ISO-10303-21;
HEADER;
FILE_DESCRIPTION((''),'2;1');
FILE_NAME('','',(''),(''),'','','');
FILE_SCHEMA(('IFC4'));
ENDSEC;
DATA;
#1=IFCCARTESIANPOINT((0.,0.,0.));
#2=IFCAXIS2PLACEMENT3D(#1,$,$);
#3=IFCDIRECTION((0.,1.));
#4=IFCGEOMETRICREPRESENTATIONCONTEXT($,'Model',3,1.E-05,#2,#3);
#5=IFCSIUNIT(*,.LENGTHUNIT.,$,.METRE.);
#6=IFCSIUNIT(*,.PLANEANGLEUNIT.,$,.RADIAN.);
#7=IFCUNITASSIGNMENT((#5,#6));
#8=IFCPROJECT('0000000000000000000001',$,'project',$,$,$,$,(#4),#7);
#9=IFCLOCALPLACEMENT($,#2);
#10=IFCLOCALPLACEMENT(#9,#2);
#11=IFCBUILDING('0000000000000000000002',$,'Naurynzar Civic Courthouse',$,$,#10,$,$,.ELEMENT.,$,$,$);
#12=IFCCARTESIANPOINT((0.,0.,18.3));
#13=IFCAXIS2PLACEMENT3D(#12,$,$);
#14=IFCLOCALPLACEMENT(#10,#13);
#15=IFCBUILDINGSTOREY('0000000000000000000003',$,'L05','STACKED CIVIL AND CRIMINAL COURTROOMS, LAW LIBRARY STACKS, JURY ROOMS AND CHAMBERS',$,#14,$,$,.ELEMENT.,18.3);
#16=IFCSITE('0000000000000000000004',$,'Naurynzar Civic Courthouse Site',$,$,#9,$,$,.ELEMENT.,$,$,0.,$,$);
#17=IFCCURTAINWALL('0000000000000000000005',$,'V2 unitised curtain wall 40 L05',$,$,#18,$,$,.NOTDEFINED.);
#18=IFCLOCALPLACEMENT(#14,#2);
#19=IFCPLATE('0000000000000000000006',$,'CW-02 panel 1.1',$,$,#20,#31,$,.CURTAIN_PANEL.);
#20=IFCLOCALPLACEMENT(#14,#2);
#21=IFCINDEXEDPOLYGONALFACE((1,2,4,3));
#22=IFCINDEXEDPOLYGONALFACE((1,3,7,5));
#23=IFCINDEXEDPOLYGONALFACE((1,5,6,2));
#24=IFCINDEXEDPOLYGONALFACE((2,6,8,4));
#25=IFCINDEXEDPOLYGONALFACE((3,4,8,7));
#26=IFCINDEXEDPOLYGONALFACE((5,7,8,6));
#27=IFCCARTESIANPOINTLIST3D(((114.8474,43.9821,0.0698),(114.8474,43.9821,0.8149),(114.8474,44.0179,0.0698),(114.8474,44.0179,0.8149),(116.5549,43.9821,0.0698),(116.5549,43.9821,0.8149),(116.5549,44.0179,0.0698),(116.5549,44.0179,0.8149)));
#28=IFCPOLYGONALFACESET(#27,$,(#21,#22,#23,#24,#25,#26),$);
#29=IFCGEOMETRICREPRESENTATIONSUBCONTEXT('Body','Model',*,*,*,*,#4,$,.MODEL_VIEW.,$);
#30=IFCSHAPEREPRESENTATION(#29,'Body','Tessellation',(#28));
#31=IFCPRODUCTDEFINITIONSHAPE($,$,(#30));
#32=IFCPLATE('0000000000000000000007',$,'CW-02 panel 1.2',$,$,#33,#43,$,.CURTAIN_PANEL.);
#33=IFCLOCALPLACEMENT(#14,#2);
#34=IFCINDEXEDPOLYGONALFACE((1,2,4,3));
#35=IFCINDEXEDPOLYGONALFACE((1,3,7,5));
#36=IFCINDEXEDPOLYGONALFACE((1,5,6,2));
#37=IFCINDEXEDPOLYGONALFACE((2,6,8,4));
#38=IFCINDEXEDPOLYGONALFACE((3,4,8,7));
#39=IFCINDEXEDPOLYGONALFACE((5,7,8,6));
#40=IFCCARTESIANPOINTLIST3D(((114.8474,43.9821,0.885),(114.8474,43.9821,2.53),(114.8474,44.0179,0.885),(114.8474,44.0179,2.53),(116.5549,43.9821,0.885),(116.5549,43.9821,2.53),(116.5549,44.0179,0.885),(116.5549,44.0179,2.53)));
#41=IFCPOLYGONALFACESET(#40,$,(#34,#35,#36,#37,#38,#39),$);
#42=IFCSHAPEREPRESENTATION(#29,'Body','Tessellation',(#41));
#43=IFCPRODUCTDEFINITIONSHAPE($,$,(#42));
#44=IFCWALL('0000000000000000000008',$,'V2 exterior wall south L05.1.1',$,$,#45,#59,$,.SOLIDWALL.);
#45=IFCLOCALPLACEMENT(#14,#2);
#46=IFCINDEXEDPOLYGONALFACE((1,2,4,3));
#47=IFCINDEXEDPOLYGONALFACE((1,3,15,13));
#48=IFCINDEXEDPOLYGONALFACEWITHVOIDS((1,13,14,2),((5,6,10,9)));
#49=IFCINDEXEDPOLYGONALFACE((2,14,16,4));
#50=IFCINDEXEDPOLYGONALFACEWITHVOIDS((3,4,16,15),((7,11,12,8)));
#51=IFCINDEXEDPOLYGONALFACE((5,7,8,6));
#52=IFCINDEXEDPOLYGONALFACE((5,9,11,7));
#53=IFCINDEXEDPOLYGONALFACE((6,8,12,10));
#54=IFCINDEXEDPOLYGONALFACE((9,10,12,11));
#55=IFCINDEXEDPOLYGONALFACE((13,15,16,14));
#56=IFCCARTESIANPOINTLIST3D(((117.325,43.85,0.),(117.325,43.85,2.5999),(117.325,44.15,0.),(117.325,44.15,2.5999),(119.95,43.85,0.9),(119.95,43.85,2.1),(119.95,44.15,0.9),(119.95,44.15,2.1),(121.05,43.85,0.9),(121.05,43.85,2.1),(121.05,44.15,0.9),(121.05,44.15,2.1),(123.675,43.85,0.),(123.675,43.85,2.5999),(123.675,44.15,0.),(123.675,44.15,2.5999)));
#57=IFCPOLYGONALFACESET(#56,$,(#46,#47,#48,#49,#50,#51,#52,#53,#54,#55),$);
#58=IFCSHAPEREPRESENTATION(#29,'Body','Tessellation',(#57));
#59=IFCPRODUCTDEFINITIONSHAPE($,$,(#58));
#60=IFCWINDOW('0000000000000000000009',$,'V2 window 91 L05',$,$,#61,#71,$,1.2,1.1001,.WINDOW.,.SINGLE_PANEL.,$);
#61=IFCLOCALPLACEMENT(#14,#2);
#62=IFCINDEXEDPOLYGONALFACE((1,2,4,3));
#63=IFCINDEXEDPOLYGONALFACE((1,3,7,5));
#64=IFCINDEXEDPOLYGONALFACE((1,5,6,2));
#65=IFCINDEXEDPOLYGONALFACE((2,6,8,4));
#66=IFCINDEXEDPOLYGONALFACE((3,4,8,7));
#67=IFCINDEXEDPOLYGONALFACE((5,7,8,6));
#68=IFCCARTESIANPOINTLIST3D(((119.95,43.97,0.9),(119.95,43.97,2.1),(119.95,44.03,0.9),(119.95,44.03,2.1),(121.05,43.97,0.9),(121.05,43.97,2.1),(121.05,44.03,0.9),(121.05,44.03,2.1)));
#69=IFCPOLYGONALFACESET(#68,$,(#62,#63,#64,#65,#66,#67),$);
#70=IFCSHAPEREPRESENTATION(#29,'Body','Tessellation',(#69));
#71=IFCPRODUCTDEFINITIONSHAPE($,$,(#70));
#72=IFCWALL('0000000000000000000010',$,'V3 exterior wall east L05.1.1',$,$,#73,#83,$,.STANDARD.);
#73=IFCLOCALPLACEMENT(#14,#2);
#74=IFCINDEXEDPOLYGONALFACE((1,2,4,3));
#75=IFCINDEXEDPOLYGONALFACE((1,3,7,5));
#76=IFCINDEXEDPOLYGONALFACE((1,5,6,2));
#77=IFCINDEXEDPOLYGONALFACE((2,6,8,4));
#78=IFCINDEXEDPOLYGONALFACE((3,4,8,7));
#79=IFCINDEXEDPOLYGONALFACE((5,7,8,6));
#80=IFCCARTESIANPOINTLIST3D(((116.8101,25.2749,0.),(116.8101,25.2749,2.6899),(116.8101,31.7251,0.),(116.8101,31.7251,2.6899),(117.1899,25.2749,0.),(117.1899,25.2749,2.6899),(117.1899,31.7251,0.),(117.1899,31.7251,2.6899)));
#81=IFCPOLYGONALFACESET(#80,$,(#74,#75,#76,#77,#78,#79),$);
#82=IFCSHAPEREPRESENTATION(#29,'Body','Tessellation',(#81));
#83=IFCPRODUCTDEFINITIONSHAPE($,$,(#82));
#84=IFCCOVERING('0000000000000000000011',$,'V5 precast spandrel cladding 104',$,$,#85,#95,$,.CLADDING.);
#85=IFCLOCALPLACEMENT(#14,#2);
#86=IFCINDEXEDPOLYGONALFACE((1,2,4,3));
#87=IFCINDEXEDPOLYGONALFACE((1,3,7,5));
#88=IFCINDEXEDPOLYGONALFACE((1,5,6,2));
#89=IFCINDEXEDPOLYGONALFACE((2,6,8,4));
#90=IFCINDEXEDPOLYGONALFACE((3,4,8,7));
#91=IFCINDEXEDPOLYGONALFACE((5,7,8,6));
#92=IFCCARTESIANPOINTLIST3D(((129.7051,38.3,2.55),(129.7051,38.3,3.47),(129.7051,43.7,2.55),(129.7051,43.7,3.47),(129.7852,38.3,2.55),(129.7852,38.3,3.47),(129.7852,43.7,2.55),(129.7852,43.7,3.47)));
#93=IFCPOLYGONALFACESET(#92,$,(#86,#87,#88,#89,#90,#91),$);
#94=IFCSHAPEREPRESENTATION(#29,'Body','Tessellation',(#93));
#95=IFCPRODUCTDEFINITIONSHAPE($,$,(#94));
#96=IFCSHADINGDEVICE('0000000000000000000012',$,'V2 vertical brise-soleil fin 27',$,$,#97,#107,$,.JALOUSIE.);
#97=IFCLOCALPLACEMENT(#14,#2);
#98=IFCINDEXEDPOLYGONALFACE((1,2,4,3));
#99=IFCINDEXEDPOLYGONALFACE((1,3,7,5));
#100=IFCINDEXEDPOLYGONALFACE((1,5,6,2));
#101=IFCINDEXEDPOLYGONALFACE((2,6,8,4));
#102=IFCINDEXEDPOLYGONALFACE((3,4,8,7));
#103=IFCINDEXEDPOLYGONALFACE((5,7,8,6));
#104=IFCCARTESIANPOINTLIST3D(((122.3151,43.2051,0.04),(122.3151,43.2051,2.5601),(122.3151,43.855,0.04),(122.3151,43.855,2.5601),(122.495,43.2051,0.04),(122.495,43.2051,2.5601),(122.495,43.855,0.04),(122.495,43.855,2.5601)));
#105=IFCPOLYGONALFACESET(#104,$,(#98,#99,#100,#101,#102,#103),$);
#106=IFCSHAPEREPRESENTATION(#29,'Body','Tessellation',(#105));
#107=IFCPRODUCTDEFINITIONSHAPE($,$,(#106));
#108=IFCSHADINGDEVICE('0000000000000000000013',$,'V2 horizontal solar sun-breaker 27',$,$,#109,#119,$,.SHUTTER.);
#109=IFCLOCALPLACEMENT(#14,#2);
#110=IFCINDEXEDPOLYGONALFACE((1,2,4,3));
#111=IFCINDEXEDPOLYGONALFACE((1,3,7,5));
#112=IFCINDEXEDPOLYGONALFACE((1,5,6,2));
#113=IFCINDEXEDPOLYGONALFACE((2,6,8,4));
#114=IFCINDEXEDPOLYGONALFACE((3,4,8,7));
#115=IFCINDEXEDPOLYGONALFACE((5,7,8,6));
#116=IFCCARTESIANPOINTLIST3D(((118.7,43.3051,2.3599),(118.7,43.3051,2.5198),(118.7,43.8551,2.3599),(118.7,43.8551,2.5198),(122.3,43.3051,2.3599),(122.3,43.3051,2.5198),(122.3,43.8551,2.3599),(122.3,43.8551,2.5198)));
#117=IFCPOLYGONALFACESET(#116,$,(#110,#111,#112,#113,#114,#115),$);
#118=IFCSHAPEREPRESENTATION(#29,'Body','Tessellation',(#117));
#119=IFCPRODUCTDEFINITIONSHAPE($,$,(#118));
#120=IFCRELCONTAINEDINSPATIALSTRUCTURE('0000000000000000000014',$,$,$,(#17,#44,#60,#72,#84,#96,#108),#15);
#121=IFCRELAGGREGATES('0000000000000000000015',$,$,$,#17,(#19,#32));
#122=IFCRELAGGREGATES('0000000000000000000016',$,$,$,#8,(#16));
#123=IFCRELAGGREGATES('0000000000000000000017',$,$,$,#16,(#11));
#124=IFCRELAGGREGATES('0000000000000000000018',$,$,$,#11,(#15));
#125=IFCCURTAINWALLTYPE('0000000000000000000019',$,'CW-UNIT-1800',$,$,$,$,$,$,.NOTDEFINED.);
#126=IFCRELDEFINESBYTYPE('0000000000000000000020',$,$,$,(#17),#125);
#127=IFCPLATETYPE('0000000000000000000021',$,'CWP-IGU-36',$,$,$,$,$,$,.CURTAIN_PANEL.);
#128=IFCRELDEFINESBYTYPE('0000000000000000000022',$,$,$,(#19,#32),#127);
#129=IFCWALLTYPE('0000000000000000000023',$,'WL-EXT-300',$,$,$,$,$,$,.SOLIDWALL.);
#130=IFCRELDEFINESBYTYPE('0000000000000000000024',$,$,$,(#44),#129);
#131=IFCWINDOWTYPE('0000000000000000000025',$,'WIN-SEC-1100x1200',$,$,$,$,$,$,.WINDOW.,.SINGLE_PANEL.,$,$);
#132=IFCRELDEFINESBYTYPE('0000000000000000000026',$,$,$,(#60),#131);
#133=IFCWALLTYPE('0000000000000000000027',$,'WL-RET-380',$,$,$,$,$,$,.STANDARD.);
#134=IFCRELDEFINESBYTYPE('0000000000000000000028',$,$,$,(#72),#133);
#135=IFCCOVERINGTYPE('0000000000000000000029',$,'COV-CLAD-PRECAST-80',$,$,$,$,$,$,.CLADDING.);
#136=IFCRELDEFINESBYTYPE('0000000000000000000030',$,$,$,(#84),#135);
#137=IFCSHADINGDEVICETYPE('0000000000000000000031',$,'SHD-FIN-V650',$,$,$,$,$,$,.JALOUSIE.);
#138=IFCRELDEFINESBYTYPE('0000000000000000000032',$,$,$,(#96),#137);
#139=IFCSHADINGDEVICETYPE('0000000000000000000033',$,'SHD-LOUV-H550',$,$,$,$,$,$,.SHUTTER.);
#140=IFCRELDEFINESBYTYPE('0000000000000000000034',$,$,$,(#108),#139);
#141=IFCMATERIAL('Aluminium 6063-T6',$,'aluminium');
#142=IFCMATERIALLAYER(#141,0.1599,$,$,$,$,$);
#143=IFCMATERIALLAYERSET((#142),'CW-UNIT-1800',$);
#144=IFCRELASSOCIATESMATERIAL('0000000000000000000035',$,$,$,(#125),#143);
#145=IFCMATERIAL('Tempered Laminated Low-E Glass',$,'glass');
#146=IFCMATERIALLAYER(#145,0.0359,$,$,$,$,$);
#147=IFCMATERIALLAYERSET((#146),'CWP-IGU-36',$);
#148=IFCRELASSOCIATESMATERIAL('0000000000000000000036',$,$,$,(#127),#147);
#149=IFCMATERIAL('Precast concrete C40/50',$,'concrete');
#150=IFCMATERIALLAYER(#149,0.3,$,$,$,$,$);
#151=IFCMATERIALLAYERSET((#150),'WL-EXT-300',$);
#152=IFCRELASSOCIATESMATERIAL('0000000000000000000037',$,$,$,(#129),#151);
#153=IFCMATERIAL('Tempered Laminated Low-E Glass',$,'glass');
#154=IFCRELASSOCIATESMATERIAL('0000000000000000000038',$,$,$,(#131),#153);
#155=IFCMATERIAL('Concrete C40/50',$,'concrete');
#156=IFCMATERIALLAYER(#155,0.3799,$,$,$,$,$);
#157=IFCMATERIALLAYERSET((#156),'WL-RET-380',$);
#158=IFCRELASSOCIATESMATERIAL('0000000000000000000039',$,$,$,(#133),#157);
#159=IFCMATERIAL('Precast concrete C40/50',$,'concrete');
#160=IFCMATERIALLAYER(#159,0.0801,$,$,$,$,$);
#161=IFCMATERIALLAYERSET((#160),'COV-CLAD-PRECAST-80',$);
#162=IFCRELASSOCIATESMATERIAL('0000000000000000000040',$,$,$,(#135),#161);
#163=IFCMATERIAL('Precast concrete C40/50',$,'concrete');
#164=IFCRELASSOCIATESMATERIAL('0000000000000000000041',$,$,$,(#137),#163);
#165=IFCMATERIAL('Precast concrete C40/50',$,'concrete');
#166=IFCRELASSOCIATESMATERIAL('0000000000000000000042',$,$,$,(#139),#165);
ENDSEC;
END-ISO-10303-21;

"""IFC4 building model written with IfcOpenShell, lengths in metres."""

from ifc_helpers import new_model, si_unit, direction, frame, frame_2d, origin, origin_2d, place, context, subcontext, project, spatial, rectangle, extrude, material, layer, layer_set, type_object, element, fill, aggregate, save


model = new_model("IFC4")

# Units and contexts
model_context = context("Model", 3, precision=1e-05, world=origin(), true_north=direction((0.0, 1.0)))
body_context = subcontext(model_context, "Body", "Model", "MODEL_VIEW")
ifc_project = project(units=[si_unit("LENGTHUNIT", "METRE"), si_unit("PLANEANGLEUNIT", "RADIAN")], contexts=[model_context])

# Site, building, storey
site_placement = place(None, origin())
site = spatial("IfcSite", under=ifc_project, at=site_placement, Name="Naurynzar Civic Courthouse Site", CompositionType="ELEMENT", RefElevation=0.0)
building_placement = place(site_placement, origin())
building = spatial("IfcBuilding", under=site, at=building_placement, Name="Naurynzar Civic Courthouse", CompositionType="ELEMENT")
storey_placement = place(building_placement, frame((0.0, 0.0, 18.3)))
storey = spatial("IfcBuildingStorey", under=building, at=storey_placement, Name="L05", Description="STACKED CIVIL AND CRIMINAL COURTROOMS, LAW LIBRARY STACKS, JURY ROOMS AND CHAMBERS", CompositionType="ELEMENT", Elevation=18.3)

# Curtain wall, plates
ifc_material_1 = material(Name="Aluminium 6063-T6", Category="aluminium")
ifc_layer_1 = layer(ifc_material_1, 0.1599)
ifc_layer_set_1 = layer_set([ifc_layer_1], Name="CW-UNIT-1800")
curtain_wall_type = type_object("IfcCurtainWallType", Name="CW-UNIT-1800", PredefinedType="NOTDEFINED", material=ifc_layer_set_1)
curtain_wall_placement = place(storey_placement, origin())
curtain_wall = element("IfcCurtainWall", 1, at=curtain_wall_placement, inside=storey, type_object=curtain_wall_type, Name="V2 unitised curtain wall 40 L05", PredefinedType="NOTDEFINED")
ifc_material_2 = material(Name="Tempered Laminated Low-E Glass", Category="glass")
ifc_layer_2 = layer(ifc_material_2, 0.0359)
ifc_layer_set_2 = layer_set([ifc_layer_2], Name="CWP-IGU-36")
plate_type = type_object("IfcPlateType", Name="CWP-IGU-36", PredefinedType="CURTAIN_PANEL", material=ifc_layer_set_2)
plate_1_placement = place(storey_placement, frame((115.7012, 44.0, 0.0698), z_axis=(0.0, 0.0, 1.0), x_axis=(-1.0, 0.0, 0.0)))
plate_1 = element("IfcPlate", 2, at=plate_1_placement, type_object=plate_type, Name="CW-02 panel 1.1", PredefinedType="CURTAIN_PANEL", context=body_context, shape_type="SweptSolid", body=[
    extrude(rectangle(XDim=1.7075, YDim=0.0359, at=origin_2d()), origin(), (0.0, 0.0, 1.0), 0.7451),
])
plate_2_placement = place(storey_placement, frame((115.7012, 44.0, 0.885), z_axis=(0.0, 0.0, 1.0), x_axis=(-1.0, 0.0, 0.0)))
plate_2 = element("IfcPlate", 3, at=plate_2_placement, type_object=plate_type, Name="CW-02 panel 1.2", PredefinedType="CURTAIN_PANEL", context=body_context, shape_type="SweptSolid", body=[
    extrude(rectangle(XDim=1.7075, YDim=0.0359, at=origin_2d()), origin(), (0.0, 0.0, 1.0), 1.645),
])
aggregate(curtain_wall, [plate_1, plate_2])

# Wall, opening, window
ifc_material_3 = material(Name="Precast concrete C40/50", Category="concrete")
ifc_layer_3 = layer(ifc_material_3, 0.3)
ifc_layer_set_3 = layer_set([ifc_layer_3], Name="WL-EXT-300")
wall_type_1 = type_object("IfcWallType", Name="WL-EXT-300", PredefinedType="SOLIDWALL", material=ifc_layer_set_3)
wall_1_placement = place(storey_placement, frame((123.675, 44.0, 0.0), z_axis=(0.0, 0.0, 1.0), x_axis=(-1.0, 0.0, 0.0)))
wall_1 = element("IfcWall", 4, at=wall_1_placement, inside=storey, type_object=wall_type_1, Name="V2 exterior wall south L05.1.1", PredefinedType="SOLIDWALL", context=body_context, shape_type="SweptSolid", body=[
    extrude(rectangle(XDim=6.3501, YDim=0.3, at=frame_2d((3.175, 0.0))), origin(), (0.0, 0.0, 1.0), 2.5999),
])
opening_placement = place(wall_1_placement, frame((2.625, 0.0, 0.8999)))
opening = element("IfcOpeningElement", 5, at=opening_placement, cuts=wall_1, PredefinedType="OPENING", context=body_context, shape_type="SweptSolid", body=[
    extrude(rectangle(XDim=1.1001, YDim=1.2, at=frame_2d((0.55, 0.6001))), frame((0.0, 0.1599, 0.0), z_axis=(0.0, -1.0, 0.0), x_axis=(1.0, 0.0, 0.0)), (0.0, 0.0, 1.0), 0.3201),
])
ifc_material_4 = material(Name="Tempered Laminated Low-E Glass", Category="glass")
window_type = type_object("IfcWindowType", Name="WIN-SEC-1100x1200", PartitioningType="SINGLE_PANEL", PredefinedType="WINDOW", material=ifc_material_4)
window_placement = place(opening_placement, origin())
window = element("IfcWindow", 6, at=window_placement, inside=storey, type_object=window_type, Name="V2 window 91 L05", OverallHeight=1.2, OverallWidth=1.1001, PartitioningType="SINGLE_PANEL", PredefinedType="WINDOW", context=body_context, shape_type="SweptSolid", body=[
    extrude(rectangle(XDim=1.1001, YDim=1.2, at=frame_2d((0.55, 0.6001))), frame((0.0, 0.03, 0.0), z_axis=(0.0, -1.0, 0.0), x_axis=(1.0, 0.0, 0.0)), (0.0, 0.0, 1.0), 0.0601),
])
fill(opening, window)

# Wall
ifc_material_5 = material(Name="Concrete C40/50", Category="concrete")
ifc_layer_4 = layer(ifc_material_5, 0.3799)
ifc_layer_set_4 = layer_set([ifc_layer_4], Name="WL-RET-380")
wall_type_2 = type_object("IfcWallType", Name="WL-RET-380", PredefinedType="STANDARD", material=ifc_layer_set_4)
wall_2_placement = place(storey_placement, frame((117.0, 31.7251, 0.0), z_axis=(0.0, 0.0, 1.0), x_axis=(0.0, -1.0, 0.0)))
element("IfcWall", 7, at=wall_2_placement, inside=storey, type_object=wall_type_2, Name="V3 exterior wall east L05.1.1", PredefinedType="STANDARD", context=body_context, shape_type="SweptSolid", body=[
    extrude(rectangle(XDim=6.4502, YDim=0.3799, at=frame_2d((3.2251, 0.0))), origin(), (0.0, 0.0, 1.0), 2.6899),
])

# Covering
ifc_material_6 = material(Name="Precast concrete C40/50", Category="concrete")
ifc_layer_5 = layer(ifc_material_6, 0.0801)
ifc_layer_set_5 = layer_set([ifc_layer_5], Name="COV-CLAD-PRECAST-80")
covering_type = type_object("IfcCoveringType", Name="COV-CLAD-PRECAST-80", PredefinedType="CLADDING", material=ifc_layer_set_5)
covering_placement = place(storey_placement, frame((129.7451, 41.0, 2.55), z_axis=(0.0, 0.0, 1.0), x_axis=(0.0, 1.0, 0.0)))
element("IfcCovering", 8, at=covering_placement, inside=storey, type_object=covering_type, Name="V5 precast spandrel cladding 104", PredefinedType="CLADDING", context=body_context, shape_type="SweptSolid", body=[
    extrude(rectangle(XDim=5.3999, YDim=0.0801, at=origin_2d()), origin(), (0.0, 0.0, 1.0), 0.9199),
])

# Shading devices
ifc_material_7 = material(Name="Precast concrete C40/50", Category="concrete")
shading_device_type_1 = type_object("IfcShadingDeviceType", Name="SHD-FIN-V650", PredefinedType="JALOUSIE", material=ifc_material_7)
shading_device_1_placement = place(storey_placement, frame((122.405, 43.53, 0.04), z_axis=(0.0, 0.0, 1.0), x_axis=(-1.0, 0.0, 0.0)))
element("IfcShadingDevice", 9, at=shading_device_1_placement, inside=storey, type_object=shading_device_type_1, Name="V2 vertical brise-soleil fin 27", PredefinedType="JALOUSIE", context=body_context, shape_type="SweptSolid", body=[
    extrude(rectangle(XDim=0.1799, YDim=0.6499, at=origin_2d()), origin(), (0.0, 0.0, 1.0), 2.52),
])
ifc_material_8 = material(Name="Precast concrete C40/50", Category="concrete")
shading_device_type_2 = type_object("IfcShadingDeviceType", Name="SHD-LOUV-H550", PredefinedType="SHUTTER", material=ifc_material_8)
shading_device_2_placement = place(storey_placement, frame((120.5, 43.5801, 2.3599), z_axis=(0.0, 0.0, 1.0), x_axis=(-1.0, 0.0, 0.0)))
element("IfcShadingDevice", 10, at=shading_device_2_placement, inside=storey, type_object=shading_device_type_2, Name="V2 horizontal solar sun-breaker 27", PredefinedType="SHUTTER", context=body_context, shape_type="SweptSolid", body=[
    extrude(rectangle(XDim=3.6001, YDim=0.55, at=origin_2d()), origin(), (0.0, 0.0, 1.0), 0.1599),
])

save(model, "model.ifc")
